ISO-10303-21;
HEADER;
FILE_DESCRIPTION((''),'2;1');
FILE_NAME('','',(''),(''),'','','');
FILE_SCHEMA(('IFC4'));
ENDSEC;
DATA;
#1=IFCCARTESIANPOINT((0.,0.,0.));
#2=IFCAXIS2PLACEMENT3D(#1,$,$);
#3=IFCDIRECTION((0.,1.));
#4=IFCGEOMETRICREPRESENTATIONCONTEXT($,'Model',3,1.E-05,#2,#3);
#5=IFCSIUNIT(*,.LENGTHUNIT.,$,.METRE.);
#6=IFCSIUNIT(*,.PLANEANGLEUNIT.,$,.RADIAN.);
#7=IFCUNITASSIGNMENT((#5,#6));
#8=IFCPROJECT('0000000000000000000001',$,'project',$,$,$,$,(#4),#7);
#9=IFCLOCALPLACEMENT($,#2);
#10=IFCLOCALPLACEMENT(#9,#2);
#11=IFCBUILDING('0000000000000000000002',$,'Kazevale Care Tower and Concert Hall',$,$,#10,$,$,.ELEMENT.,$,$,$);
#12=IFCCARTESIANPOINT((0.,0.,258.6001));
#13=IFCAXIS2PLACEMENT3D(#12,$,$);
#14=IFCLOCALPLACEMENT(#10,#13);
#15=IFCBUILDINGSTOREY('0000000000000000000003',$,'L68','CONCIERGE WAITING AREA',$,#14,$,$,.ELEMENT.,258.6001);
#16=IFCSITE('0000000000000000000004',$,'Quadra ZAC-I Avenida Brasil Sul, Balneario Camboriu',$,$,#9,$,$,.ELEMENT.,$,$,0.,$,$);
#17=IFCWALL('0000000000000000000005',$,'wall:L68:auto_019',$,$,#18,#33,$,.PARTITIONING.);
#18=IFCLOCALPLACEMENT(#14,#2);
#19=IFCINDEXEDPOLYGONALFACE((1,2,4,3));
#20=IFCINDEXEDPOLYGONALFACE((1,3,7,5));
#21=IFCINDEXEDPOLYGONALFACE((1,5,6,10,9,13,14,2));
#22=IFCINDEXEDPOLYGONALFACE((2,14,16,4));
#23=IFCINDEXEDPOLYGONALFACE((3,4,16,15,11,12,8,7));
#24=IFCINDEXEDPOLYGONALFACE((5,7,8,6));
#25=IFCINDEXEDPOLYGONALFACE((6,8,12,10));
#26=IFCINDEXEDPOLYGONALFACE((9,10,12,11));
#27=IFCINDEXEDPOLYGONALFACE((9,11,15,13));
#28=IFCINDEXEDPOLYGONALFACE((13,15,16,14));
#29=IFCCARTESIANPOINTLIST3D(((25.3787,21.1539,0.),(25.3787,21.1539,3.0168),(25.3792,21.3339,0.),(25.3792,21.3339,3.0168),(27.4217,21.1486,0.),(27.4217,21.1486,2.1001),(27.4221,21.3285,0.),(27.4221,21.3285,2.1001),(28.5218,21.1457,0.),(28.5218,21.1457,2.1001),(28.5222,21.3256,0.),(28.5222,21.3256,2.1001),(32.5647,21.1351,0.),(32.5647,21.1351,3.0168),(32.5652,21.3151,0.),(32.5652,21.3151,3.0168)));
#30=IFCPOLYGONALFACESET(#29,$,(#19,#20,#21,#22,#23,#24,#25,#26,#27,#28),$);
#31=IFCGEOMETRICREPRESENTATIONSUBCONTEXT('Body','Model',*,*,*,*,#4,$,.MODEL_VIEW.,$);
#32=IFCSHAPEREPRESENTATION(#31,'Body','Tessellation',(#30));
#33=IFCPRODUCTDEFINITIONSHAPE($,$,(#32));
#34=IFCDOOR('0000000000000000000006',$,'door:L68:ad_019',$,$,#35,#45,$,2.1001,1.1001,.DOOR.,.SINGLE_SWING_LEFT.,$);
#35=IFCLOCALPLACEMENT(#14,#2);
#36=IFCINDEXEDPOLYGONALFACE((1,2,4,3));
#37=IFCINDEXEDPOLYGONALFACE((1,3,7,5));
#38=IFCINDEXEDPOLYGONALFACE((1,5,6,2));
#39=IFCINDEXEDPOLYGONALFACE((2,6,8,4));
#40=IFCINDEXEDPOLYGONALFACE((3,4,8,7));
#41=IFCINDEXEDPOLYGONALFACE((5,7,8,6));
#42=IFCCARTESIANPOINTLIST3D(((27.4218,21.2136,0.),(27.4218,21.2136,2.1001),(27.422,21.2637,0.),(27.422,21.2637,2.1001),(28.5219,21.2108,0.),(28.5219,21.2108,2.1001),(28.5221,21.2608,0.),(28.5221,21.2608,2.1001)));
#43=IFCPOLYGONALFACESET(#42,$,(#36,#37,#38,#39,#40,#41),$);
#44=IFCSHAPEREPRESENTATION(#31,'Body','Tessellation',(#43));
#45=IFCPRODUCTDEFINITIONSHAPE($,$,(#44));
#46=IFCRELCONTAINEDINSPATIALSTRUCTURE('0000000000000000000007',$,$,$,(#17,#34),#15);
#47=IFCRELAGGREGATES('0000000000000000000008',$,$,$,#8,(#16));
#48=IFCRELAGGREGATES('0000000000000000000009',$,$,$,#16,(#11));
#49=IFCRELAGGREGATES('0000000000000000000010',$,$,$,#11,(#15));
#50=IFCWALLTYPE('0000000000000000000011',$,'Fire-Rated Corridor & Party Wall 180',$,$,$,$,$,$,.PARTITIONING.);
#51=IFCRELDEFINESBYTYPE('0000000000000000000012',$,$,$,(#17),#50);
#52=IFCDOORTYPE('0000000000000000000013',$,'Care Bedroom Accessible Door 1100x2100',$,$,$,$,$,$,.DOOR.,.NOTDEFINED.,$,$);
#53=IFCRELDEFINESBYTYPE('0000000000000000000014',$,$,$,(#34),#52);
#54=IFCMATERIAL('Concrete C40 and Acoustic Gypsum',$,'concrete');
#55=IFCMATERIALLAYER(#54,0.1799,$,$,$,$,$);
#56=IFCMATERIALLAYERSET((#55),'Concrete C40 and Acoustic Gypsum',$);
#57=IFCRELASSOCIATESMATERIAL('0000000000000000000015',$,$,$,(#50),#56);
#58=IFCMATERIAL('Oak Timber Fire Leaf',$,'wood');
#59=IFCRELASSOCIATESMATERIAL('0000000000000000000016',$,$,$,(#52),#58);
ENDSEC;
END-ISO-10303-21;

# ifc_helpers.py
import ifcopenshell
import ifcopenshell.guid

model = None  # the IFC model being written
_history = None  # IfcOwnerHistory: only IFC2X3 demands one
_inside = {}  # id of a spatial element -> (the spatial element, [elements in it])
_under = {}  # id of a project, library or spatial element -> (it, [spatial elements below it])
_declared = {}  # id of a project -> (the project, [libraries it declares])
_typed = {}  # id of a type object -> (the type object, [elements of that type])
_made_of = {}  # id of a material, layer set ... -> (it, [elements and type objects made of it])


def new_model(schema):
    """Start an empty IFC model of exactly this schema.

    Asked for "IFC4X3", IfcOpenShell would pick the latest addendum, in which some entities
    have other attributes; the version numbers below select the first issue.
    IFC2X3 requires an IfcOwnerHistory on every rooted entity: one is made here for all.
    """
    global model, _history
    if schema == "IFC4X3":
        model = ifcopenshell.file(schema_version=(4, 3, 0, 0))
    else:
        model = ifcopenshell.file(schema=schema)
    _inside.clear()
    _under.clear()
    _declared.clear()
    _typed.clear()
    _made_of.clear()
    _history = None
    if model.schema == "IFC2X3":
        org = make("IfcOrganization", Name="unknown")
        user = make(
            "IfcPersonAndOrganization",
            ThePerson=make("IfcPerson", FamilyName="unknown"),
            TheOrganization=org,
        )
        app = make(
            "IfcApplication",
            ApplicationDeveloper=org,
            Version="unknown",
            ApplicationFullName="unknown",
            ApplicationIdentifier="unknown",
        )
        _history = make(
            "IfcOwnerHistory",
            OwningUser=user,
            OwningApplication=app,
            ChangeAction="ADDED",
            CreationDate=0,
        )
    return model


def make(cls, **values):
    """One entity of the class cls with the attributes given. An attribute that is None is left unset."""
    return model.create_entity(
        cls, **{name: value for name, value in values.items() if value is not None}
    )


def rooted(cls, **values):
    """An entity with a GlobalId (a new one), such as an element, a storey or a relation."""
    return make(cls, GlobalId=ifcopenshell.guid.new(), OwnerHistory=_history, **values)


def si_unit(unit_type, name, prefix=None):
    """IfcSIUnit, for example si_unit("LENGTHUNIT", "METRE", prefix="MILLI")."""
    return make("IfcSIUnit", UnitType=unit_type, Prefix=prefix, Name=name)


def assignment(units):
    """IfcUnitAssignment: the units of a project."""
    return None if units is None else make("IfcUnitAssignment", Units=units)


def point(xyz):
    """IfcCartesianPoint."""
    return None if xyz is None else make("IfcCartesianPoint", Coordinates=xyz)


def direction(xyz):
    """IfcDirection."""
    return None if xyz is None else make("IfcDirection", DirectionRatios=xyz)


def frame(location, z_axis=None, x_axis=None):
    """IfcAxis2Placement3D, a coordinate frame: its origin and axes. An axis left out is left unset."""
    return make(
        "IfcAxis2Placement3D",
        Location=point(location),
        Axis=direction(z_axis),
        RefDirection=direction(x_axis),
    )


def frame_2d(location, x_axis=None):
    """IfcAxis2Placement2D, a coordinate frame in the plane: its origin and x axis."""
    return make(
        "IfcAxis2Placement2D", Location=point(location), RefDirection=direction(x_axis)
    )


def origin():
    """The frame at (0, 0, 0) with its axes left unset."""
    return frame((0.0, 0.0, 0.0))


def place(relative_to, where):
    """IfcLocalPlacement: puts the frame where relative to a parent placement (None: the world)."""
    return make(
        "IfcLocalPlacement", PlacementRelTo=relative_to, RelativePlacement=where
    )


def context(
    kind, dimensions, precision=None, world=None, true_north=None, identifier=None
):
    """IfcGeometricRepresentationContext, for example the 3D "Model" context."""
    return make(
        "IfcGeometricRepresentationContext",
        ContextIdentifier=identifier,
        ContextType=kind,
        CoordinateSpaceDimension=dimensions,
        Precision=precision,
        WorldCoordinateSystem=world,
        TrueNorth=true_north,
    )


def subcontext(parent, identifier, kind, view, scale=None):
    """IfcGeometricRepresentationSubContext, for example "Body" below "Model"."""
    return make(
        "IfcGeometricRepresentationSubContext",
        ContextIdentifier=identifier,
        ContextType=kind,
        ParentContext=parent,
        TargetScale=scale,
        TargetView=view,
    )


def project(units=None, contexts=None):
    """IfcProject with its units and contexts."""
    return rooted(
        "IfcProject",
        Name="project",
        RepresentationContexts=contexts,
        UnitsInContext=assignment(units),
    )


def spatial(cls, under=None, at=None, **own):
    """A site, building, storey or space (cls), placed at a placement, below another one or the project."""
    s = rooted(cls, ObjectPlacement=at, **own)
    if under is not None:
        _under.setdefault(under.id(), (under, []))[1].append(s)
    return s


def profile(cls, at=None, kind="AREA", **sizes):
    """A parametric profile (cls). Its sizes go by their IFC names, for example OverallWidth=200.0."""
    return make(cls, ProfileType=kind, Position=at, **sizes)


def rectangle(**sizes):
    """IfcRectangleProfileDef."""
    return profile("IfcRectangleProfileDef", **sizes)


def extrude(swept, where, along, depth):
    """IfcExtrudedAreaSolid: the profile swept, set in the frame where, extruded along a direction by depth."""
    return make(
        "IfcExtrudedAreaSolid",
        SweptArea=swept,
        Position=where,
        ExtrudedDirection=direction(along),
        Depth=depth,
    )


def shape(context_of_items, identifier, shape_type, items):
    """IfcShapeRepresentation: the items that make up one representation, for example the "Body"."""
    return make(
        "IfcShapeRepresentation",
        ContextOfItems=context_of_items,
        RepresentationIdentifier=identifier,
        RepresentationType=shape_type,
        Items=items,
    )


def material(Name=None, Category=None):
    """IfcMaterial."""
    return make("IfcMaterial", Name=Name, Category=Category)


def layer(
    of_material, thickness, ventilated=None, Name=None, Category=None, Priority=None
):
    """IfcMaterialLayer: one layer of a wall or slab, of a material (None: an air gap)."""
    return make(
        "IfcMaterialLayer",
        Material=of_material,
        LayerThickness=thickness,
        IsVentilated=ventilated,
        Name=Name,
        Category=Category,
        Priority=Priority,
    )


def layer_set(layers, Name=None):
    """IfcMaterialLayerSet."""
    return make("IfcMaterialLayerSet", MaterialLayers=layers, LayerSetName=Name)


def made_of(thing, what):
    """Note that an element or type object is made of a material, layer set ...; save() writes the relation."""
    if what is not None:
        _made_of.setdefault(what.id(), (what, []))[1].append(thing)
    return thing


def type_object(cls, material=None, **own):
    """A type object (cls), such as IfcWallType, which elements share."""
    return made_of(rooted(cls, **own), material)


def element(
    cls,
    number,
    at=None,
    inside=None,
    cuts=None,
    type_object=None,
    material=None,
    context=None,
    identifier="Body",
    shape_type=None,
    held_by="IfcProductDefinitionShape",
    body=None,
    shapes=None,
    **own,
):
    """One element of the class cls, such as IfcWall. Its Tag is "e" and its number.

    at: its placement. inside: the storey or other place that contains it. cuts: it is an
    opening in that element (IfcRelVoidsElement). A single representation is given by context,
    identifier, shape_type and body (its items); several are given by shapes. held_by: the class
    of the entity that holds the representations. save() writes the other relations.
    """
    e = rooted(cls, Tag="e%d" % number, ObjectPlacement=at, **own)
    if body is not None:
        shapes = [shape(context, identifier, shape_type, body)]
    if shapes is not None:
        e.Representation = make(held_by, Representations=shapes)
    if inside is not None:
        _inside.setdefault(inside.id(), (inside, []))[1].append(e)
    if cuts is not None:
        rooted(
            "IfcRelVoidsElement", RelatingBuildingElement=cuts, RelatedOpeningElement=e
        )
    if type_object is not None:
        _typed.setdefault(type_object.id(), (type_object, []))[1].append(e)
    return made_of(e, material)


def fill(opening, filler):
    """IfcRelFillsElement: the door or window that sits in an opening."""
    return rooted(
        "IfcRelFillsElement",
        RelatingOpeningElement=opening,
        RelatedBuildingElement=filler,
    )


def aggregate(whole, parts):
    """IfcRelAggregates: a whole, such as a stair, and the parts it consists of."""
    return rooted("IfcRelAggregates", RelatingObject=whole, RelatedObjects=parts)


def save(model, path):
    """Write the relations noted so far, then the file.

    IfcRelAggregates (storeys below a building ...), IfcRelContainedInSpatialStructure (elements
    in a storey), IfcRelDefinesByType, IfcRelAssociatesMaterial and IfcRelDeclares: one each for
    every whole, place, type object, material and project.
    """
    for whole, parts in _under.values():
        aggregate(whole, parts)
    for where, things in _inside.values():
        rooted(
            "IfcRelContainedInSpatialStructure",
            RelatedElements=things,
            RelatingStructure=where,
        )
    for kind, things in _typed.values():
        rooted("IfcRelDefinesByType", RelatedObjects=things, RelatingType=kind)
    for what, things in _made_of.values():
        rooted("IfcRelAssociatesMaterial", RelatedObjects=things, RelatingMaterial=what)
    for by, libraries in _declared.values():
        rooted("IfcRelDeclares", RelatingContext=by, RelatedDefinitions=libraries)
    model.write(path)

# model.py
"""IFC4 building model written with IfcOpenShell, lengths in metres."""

from ifc_helpers import new_model, si_unit, direction, frame, frame_2d, origin, place, context, subcontext, project, spatial, rectangle, extrude, material, layer, layer_set, type_object, element, fill, save


model = new_model("IFC4")

# Units and contexts
model_context = context("Model", 3, precision=1e-05, world=origin(), true_north=direction((0.0, 1.0)))
body_context = subcontext(model_context, "Body", "Model", "MODEL_VIEW")
ifc_project = project(units=[si_unit("LENGTHUNIT", "METRE"), si_unit("PLANEANGLEUNIT", "RADIAN")], contexts=[model_context])

# Site, building, storey
site_placement = place(None, origin())
site = spatial("IfcSite", under=ifc_project, at=site_placement, Name="Quadra ZAC-I Avenida Brasil Sul, Balneario Camboriu", CompositionType="ELEMENT", RefElevation=0.0)
building_placement = place(site_placement, origin())
building = spatial("IfcBuilding", under=site, at=building_placement, Name="Kazevale Care Tower and Concert Hall", CompositionType="ELEMENT")
storey_placement = place(building_placement, frame((0.0, 0.0, 258.6001)))
storey = spatial("IfcBuildingStorey", under=building, at=storey_placement, Name="L68", Description="CONCIERGE WAITING AREA", CompositionType="ELEMENT", Elevation=258.6001)

# Wall, opening, door
ifc_material_1 = material(Name="Concrete C40 and Acoustic Gypsum", Category="concrete")
ifc_layer_1 = layer(ifc_material_1, 0.1799)
ifc_layer_set_1 = layer_set([ifc_layer_1], Name="Concrete C40 and Acoustic Gypsum")
wall_type_1 = type_object("IfcWallType", Name="Fire-Rated Corridor & Party Wall 180", PredefinedType="PARTITIONING", material=ifc_layer_set_1)
wall_1_placement = place(storey_placement, frame((32.5649, 21.2251, 0.0), z_axis=(0.0, 0.0, 1.0), x_axis=(-0.999997, 0.002616, 0.0)))
wall_1 = element("IfcWall", 1, at=wall_1_placement, inside=storey, type_object=wall_type_1, Name="wall:L68:auto_019", PredefinedType="PARTITIONING", context=body_context, shape_type="SweptSolid", body=[
    extrude(rectangle(XDim=7.186, YDim=0.1799, at=frame_2d((3.593, 0.0))), origin(), (0.0, 0.0, 1.0), 3.0168),
])
opening_placement = place(wall_1_placement, frame((4.043, 0.0, 0.0)))
opening = element("IfcOpeningElement", 2, at=opening_placement, cuts=wall_1, PredefinedType="OPENING", context=body_context, shape_type="SweptSolid", body=[
    extrude(rectangle(XDim=1.1001, YDim=2.1001, at=frame_2d((0.55, 1.05))), frame((0.0, 0.0999, 0.0), z_axis=(0.0, -1.0, 0.0), x_axis=(1.0, 0.0, 0.0)), (0.0, 0.0, 1.0), 0.2),
])
ifc_material_2 = material(Name="Oak Timber Fire Leaf", Category="wood")
door_type = type_object("IfcDoorType", Name="Care Bedroom Accessible Door 1100x2100", OperationType="NOTDEFINED", PredefinedType="DOOR", material=ifc_material_2)
door_placement = place(opening_placement, origin())
door = element("IfcDoor", 3, at=door_placement, inside=storey, type_object=door_type, Name="door:L68:ad_019", OperationType="SINGLE_SWING_LEFT", OverallHeight=2.1001, OverallWidth=1.1001, PredefinedType="DOOR", context=body_context, shape_type="SweptSolid", body=[
    extrude(rectangle(XDim=1.1001, YDim=2.1001, at=frame_2d((0.55, 1.05))), frame((0.0, 0.0249, 0.0), z_axis=(0.0, -1.0, 0.0), x_axis=(1.0, 0.0, 0.0)), (0.0, 0.0, 1.0), 0.05),
])
fill(opening, door)

save(model, "model.ifc")
